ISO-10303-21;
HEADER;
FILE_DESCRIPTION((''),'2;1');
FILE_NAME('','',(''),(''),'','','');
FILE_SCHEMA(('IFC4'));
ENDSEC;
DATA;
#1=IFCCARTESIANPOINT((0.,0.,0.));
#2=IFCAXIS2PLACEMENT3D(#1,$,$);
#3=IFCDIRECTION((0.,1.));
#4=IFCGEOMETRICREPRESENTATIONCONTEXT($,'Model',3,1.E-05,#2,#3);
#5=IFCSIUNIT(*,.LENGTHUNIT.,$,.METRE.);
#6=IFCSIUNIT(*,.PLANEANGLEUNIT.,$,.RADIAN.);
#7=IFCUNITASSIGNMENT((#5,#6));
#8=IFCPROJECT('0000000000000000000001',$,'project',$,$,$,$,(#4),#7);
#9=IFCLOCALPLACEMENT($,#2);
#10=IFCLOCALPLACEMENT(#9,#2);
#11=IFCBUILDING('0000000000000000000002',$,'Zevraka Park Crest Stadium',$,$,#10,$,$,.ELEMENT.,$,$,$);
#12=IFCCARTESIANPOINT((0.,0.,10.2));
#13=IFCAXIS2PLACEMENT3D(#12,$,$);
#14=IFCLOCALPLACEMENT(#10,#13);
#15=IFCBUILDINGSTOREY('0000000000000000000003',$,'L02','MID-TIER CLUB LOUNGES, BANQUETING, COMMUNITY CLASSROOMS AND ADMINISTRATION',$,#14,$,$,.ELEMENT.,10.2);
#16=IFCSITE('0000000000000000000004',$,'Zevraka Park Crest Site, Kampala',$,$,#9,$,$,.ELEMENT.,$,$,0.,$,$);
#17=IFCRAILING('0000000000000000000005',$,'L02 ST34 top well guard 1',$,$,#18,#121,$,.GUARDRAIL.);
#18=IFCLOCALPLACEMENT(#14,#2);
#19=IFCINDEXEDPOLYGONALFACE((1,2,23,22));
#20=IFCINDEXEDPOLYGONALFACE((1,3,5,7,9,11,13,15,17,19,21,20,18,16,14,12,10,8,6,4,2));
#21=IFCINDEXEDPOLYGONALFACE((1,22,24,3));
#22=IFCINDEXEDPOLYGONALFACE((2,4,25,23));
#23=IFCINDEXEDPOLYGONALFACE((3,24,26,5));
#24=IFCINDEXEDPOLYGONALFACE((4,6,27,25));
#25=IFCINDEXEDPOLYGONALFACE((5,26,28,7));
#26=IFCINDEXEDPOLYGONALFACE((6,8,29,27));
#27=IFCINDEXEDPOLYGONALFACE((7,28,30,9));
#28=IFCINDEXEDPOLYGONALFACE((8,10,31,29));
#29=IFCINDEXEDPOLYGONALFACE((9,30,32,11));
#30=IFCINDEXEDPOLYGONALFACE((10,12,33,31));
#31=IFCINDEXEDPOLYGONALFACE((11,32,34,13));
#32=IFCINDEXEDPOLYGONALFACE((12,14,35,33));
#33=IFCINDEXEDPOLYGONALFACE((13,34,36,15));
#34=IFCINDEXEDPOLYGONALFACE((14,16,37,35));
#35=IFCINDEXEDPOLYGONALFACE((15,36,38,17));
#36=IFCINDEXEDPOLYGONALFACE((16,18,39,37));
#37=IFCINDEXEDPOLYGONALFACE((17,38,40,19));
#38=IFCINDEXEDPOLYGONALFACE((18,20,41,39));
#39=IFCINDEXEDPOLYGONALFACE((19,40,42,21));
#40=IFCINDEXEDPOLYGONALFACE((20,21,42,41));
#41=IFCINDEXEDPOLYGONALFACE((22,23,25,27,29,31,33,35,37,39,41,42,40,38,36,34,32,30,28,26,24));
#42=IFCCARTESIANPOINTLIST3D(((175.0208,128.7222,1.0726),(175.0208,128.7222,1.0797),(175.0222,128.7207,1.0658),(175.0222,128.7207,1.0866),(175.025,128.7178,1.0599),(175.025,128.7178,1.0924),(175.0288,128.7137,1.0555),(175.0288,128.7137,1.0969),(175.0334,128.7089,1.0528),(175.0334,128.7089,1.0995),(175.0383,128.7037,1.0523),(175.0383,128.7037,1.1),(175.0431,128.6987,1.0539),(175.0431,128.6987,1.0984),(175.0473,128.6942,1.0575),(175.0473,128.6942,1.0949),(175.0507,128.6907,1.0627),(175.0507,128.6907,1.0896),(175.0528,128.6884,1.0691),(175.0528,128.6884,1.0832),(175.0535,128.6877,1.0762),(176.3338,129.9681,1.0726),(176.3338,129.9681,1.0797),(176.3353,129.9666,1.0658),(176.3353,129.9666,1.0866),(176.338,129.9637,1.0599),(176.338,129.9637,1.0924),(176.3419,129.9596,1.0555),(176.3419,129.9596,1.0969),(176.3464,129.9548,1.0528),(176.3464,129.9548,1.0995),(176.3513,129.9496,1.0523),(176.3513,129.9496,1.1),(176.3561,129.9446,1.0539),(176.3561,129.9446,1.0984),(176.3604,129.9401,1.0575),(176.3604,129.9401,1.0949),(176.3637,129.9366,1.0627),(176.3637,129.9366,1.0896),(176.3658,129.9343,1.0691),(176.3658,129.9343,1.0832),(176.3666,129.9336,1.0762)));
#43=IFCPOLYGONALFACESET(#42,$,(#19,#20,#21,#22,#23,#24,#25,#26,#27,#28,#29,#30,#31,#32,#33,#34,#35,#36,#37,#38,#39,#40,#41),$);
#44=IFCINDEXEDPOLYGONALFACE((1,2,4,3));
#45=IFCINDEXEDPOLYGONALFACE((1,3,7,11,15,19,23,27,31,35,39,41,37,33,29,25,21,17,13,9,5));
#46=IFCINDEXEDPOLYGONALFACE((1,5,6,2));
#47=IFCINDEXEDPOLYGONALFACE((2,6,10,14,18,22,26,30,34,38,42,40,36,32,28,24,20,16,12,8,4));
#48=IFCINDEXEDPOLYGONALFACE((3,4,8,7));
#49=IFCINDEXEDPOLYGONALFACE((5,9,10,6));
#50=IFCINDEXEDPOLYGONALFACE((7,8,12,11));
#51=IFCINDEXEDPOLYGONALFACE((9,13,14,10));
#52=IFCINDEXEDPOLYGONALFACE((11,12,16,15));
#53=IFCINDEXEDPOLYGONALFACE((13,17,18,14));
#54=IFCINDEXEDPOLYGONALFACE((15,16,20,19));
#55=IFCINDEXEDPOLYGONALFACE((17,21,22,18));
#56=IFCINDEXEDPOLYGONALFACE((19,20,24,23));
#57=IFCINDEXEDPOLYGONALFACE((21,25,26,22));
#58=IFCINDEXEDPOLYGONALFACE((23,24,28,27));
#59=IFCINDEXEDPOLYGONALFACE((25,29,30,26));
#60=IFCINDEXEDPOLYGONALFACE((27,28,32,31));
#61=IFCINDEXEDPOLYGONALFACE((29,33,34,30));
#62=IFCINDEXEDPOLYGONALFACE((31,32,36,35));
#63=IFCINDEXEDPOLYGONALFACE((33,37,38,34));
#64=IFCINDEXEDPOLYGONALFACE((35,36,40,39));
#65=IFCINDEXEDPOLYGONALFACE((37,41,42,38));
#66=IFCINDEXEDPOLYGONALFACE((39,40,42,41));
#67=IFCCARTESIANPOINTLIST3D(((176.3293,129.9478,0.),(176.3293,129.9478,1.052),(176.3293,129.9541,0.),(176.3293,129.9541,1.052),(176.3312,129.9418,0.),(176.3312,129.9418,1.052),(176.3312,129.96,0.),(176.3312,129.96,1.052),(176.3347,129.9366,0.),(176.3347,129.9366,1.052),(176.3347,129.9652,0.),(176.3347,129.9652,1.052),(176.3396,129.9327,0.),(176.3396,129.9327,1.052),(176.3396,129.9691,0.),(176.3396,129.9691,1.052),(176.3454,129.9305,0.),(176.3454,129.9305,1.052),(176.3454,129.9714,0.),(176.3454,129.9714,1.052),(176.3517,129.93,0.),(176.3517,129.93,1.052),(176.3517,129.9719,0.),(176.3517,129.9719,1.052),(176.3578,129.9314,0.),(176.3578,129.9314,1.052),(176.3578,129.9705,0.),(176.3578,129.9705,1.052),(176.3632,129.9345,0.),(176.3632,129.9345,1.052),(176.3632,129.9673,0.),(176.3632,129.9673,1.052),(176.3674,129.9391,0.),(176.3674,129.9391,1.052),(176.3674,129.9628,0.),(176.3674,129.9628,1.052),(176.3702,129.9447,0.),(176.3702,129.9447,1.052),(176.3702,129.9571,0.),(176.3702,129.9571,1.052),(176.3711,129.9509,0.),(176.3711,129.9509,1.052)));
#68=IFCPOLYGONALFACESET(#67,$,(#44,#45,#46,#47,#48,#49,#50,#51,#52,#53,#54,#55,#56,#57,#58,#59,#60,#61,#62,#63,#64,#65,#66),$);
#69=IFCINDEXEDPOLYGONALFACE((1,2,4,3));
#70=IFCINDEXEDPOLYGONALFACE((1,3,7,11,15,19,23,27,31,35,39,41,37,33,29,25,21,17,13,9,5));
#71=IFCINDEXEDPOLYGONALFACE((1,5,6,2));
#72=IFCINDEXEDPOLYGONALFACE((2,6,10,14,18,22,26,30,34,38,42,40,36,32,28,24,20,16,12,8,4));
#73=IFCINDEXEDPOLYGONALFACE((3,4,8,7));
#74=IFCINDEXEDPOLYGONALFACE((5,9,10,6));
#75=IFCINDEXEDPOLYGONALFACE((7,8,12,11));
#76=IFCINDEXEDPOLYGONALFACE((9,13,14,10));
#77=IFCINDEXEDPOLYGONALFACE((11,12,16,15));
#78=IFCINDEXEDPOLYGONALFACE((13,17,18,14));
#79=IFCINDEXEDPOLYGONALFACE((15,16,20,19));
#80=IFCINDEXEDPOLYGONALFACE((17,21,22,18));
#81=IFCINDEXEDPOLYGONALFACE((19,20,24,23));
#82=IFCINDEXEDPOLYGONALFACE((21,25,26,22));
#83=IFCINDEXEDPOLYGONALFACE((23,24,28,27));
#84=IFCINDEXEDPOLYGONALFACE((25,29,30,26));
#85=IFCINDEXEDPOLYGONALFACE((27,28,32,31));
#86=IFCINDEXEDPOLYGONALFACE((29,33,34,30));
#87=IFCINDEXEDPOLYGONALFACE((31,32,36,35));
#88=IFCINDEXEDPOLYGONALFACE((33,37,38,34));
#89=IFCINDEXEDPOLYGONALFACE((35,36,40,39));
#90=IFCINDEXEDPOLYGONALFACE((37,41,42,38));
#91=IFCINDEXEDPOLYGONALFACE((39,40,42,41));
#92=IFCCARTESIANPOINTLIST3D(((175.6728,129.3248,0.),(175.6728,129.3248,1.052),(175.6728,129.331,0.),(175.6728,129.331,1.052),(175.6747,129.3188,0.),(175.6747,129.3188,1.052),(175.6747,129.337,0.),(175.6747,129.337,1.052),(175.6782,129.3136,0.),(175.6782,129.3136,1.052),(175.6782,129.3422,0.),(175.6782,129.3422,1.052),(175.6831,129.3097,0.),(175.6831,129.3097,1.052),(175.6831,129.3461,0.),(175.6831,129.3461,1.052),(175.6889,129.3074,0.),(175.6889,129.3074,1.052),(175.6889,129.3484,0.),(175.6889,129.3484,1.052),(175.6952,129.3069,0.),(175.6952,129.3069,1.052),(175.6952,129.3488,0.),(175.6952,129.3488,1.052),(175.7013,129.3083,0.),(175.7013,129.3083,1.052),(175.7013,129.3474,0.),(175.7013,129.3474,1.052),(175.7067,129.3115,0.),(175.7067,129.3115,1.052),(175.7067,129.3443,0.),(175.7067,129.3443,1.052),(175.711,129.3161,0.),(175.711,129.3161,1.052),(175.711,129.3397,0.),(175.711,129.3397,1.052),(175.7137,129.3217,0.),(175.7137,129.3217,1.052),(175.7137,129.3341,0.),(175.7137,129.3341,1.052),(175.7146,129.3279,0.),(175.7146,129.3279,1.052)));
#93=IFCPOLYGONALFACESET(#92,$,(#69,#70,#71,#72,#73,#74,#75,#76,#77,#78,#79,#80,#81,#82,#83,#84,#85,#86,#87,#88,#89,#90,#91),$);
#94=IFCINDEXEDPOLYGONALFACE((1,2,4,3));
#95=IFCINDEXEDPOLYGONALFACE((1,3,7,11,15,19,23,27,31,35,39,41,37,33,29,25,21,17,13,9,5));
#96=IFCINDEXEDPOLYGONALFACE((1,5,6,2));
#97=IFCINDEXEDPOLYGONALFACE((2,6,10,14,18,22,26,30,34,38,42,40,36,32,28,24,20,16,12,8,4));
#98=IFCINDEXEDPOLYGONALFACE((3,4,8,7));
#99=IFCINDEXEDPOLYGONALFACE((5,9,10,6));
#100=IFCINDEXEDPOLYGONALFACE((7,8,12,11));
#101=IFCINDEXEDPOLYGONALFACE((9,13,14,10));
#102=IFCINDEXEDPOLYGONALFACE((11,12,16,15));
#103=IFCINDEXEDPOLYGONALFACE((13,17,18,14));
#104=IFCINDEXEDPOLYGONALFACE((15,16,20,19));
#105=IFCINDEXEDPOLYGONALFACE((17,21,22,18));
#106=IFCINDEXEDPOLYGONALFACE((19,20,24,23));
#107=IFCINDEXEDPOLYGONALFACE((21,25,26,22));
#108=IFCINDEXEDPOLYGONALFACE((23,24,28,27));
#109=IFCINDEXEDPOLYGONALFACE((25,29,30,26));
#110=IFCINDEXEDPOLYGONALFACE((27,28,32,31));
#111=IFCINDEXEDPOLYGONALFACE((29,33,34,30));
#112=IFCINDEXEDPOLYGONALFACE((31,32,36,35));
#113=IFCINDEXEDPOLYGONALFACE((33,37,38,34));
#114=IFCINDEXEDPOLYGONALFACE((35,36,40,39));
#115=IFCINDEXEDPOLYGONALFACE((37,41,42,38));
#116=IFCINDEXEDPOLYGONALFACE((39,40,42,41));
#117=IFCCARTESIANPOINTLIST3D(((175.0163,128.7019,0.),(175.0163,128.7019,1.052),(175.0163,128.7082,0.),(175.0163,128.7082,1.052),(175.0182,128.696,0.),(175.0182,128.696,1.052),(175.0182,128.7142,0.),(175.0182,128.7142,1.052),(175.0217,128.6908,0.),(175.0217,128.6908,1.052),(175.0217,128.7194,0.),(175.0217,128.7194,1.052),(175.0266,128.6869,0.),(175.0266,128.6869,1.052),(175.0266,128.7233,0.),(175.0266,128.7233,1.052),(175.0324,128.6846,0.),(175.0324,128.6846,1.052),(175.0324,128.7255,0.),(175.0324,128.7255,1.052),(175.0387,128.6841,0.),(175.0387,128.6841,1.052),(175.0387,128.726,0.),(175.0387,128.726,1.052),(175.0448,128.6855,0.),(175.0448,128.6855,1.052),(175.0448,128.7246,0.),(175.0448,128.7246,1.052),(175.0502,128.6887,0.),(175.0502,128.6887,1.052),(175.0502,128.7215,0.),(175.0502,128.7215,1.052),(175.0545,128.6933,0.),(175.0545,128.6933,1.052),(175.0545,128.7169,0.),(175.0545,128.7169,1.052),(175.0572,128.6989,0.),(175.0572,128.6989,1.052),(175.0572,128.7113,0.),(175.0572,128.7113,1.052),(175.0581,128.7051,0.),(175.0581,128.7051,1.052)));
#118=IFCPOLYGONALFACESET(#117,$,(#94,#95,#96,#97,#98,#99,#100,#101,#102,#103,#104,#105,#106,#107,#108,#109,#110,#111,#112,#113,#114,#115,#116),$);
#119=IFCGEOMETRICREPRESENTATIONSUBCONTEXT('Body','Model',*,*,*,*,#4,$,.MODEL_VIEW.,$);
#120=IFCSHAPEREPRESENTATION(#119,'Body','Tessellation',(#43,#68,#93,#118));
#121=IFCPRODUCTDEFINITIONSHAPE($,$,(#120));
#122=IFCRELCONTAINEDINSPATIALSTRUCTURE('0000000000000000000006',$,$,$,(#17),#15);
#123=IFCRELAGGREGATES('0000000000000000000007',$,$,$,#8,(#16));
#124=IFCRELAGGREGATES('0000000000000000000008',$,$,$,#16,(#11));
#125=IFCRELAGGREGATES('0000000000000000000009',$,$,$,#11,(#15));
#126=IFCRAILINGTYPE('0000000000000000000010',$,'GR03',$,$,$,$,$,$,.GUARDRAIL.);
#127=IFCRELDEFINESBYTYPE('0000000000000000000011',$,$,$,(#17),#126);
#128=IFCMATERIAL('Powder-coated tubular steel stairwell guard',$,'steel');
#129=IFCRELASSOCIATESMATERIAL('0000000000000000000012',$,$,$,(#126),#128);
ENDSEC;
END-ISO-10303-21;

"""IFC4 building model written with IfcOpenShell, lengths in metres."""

from ifc_helpers import new_model, si_unit, direction, frame, origin, origin_2d, place, context, subcontext, project, spatial, circle, extrude, material, type_object, element, save


model = new_model("IFC4")

# Units and contexts
model_context = context("Model", 3, precision=1e-05, world=origin(), true_north=direction((0.0, 1.0)))
body_context = subcontext(model_context, "Body", "Model", "MODEL_VIEW")
ifc_project = project(units=[si_unit("LENGTHUNIT", "METRE"), si_unit("PLANEANGLEUNIT", "RADIAN")], contexts=[model_context])

# Site, building, storey
site_placement = place(None, origin())
site = spatial("IfcSite", under=ifc_project, at=site_placement, Name="Zevraka Park Crest Site, Kampala", CompositionType="ELEMENT", RefElevation=0.0)
building_placement = place(site_placement, origin())
building = spatial("IfcBuilding", under=site, at=building_placement, Name="Zevraka Park Crest Stadium", CompositionType="ELEMENT")
storey_placement = place(building_placement, frame((0.0, 0.0, 10.2)))
storey = spatial("IfcBuildingStorey", under=building, at=storey_placement, Name="L02", Description="MID-TIER CLUB LOUNGES, BANQUETING, COMMUNITY CLASSROOMS AND ADMINISTRATION", CompositionType="ELEMENT", Elevation=10.2)

# Railing
ifc_material_1 = material(Name="Powder-coated tubular steel stairwell guard", Category="steel")
railing_type_1 = type_object("IfcRailingType", Name="GR03", PredefinedType="GUARDRAIL", material=ifc_material_1)
railing_1_placement = place(storey_placement, frame((176.3501, 129.9509, 0.0)))
element("IfcRailing", 1, at=railing_1_placement, inside=storey, type_object=railing_type_1, Name="L02 ST34 top well guard 1", PredefinedType="GUARDRAIL", context=body_context, shape_type="SweptSolid", body=[
    extrude(circle(Radius=0.0239, at=origin_2d()), frame((0.0, 0.0, 1.0762), z_axis=(-0.72541, -0.688317, 0.0), x_axis=(0.688317, -0.72541, 0.0)), (0.0, 0.0, 1.0), 1.8101),
    extrude(circle(Radius=0.021, at=origin_2d()), origin(), (0.0, 0.0, 1.0), 1.052),
    extrude(circle(Radius=0.021, at=origin_2d()), frame((-0.6565, -0.623, 0.0)), (0.0, 0.0, 1.0), 1.052),
    extrude(circle(Radius=0.021, at=origin_2d()), frame((-1.313, -1.2458, 0.0)), (0.0, 0.0, 1.0), 1.052),
])

save(model, "model.ifc")
